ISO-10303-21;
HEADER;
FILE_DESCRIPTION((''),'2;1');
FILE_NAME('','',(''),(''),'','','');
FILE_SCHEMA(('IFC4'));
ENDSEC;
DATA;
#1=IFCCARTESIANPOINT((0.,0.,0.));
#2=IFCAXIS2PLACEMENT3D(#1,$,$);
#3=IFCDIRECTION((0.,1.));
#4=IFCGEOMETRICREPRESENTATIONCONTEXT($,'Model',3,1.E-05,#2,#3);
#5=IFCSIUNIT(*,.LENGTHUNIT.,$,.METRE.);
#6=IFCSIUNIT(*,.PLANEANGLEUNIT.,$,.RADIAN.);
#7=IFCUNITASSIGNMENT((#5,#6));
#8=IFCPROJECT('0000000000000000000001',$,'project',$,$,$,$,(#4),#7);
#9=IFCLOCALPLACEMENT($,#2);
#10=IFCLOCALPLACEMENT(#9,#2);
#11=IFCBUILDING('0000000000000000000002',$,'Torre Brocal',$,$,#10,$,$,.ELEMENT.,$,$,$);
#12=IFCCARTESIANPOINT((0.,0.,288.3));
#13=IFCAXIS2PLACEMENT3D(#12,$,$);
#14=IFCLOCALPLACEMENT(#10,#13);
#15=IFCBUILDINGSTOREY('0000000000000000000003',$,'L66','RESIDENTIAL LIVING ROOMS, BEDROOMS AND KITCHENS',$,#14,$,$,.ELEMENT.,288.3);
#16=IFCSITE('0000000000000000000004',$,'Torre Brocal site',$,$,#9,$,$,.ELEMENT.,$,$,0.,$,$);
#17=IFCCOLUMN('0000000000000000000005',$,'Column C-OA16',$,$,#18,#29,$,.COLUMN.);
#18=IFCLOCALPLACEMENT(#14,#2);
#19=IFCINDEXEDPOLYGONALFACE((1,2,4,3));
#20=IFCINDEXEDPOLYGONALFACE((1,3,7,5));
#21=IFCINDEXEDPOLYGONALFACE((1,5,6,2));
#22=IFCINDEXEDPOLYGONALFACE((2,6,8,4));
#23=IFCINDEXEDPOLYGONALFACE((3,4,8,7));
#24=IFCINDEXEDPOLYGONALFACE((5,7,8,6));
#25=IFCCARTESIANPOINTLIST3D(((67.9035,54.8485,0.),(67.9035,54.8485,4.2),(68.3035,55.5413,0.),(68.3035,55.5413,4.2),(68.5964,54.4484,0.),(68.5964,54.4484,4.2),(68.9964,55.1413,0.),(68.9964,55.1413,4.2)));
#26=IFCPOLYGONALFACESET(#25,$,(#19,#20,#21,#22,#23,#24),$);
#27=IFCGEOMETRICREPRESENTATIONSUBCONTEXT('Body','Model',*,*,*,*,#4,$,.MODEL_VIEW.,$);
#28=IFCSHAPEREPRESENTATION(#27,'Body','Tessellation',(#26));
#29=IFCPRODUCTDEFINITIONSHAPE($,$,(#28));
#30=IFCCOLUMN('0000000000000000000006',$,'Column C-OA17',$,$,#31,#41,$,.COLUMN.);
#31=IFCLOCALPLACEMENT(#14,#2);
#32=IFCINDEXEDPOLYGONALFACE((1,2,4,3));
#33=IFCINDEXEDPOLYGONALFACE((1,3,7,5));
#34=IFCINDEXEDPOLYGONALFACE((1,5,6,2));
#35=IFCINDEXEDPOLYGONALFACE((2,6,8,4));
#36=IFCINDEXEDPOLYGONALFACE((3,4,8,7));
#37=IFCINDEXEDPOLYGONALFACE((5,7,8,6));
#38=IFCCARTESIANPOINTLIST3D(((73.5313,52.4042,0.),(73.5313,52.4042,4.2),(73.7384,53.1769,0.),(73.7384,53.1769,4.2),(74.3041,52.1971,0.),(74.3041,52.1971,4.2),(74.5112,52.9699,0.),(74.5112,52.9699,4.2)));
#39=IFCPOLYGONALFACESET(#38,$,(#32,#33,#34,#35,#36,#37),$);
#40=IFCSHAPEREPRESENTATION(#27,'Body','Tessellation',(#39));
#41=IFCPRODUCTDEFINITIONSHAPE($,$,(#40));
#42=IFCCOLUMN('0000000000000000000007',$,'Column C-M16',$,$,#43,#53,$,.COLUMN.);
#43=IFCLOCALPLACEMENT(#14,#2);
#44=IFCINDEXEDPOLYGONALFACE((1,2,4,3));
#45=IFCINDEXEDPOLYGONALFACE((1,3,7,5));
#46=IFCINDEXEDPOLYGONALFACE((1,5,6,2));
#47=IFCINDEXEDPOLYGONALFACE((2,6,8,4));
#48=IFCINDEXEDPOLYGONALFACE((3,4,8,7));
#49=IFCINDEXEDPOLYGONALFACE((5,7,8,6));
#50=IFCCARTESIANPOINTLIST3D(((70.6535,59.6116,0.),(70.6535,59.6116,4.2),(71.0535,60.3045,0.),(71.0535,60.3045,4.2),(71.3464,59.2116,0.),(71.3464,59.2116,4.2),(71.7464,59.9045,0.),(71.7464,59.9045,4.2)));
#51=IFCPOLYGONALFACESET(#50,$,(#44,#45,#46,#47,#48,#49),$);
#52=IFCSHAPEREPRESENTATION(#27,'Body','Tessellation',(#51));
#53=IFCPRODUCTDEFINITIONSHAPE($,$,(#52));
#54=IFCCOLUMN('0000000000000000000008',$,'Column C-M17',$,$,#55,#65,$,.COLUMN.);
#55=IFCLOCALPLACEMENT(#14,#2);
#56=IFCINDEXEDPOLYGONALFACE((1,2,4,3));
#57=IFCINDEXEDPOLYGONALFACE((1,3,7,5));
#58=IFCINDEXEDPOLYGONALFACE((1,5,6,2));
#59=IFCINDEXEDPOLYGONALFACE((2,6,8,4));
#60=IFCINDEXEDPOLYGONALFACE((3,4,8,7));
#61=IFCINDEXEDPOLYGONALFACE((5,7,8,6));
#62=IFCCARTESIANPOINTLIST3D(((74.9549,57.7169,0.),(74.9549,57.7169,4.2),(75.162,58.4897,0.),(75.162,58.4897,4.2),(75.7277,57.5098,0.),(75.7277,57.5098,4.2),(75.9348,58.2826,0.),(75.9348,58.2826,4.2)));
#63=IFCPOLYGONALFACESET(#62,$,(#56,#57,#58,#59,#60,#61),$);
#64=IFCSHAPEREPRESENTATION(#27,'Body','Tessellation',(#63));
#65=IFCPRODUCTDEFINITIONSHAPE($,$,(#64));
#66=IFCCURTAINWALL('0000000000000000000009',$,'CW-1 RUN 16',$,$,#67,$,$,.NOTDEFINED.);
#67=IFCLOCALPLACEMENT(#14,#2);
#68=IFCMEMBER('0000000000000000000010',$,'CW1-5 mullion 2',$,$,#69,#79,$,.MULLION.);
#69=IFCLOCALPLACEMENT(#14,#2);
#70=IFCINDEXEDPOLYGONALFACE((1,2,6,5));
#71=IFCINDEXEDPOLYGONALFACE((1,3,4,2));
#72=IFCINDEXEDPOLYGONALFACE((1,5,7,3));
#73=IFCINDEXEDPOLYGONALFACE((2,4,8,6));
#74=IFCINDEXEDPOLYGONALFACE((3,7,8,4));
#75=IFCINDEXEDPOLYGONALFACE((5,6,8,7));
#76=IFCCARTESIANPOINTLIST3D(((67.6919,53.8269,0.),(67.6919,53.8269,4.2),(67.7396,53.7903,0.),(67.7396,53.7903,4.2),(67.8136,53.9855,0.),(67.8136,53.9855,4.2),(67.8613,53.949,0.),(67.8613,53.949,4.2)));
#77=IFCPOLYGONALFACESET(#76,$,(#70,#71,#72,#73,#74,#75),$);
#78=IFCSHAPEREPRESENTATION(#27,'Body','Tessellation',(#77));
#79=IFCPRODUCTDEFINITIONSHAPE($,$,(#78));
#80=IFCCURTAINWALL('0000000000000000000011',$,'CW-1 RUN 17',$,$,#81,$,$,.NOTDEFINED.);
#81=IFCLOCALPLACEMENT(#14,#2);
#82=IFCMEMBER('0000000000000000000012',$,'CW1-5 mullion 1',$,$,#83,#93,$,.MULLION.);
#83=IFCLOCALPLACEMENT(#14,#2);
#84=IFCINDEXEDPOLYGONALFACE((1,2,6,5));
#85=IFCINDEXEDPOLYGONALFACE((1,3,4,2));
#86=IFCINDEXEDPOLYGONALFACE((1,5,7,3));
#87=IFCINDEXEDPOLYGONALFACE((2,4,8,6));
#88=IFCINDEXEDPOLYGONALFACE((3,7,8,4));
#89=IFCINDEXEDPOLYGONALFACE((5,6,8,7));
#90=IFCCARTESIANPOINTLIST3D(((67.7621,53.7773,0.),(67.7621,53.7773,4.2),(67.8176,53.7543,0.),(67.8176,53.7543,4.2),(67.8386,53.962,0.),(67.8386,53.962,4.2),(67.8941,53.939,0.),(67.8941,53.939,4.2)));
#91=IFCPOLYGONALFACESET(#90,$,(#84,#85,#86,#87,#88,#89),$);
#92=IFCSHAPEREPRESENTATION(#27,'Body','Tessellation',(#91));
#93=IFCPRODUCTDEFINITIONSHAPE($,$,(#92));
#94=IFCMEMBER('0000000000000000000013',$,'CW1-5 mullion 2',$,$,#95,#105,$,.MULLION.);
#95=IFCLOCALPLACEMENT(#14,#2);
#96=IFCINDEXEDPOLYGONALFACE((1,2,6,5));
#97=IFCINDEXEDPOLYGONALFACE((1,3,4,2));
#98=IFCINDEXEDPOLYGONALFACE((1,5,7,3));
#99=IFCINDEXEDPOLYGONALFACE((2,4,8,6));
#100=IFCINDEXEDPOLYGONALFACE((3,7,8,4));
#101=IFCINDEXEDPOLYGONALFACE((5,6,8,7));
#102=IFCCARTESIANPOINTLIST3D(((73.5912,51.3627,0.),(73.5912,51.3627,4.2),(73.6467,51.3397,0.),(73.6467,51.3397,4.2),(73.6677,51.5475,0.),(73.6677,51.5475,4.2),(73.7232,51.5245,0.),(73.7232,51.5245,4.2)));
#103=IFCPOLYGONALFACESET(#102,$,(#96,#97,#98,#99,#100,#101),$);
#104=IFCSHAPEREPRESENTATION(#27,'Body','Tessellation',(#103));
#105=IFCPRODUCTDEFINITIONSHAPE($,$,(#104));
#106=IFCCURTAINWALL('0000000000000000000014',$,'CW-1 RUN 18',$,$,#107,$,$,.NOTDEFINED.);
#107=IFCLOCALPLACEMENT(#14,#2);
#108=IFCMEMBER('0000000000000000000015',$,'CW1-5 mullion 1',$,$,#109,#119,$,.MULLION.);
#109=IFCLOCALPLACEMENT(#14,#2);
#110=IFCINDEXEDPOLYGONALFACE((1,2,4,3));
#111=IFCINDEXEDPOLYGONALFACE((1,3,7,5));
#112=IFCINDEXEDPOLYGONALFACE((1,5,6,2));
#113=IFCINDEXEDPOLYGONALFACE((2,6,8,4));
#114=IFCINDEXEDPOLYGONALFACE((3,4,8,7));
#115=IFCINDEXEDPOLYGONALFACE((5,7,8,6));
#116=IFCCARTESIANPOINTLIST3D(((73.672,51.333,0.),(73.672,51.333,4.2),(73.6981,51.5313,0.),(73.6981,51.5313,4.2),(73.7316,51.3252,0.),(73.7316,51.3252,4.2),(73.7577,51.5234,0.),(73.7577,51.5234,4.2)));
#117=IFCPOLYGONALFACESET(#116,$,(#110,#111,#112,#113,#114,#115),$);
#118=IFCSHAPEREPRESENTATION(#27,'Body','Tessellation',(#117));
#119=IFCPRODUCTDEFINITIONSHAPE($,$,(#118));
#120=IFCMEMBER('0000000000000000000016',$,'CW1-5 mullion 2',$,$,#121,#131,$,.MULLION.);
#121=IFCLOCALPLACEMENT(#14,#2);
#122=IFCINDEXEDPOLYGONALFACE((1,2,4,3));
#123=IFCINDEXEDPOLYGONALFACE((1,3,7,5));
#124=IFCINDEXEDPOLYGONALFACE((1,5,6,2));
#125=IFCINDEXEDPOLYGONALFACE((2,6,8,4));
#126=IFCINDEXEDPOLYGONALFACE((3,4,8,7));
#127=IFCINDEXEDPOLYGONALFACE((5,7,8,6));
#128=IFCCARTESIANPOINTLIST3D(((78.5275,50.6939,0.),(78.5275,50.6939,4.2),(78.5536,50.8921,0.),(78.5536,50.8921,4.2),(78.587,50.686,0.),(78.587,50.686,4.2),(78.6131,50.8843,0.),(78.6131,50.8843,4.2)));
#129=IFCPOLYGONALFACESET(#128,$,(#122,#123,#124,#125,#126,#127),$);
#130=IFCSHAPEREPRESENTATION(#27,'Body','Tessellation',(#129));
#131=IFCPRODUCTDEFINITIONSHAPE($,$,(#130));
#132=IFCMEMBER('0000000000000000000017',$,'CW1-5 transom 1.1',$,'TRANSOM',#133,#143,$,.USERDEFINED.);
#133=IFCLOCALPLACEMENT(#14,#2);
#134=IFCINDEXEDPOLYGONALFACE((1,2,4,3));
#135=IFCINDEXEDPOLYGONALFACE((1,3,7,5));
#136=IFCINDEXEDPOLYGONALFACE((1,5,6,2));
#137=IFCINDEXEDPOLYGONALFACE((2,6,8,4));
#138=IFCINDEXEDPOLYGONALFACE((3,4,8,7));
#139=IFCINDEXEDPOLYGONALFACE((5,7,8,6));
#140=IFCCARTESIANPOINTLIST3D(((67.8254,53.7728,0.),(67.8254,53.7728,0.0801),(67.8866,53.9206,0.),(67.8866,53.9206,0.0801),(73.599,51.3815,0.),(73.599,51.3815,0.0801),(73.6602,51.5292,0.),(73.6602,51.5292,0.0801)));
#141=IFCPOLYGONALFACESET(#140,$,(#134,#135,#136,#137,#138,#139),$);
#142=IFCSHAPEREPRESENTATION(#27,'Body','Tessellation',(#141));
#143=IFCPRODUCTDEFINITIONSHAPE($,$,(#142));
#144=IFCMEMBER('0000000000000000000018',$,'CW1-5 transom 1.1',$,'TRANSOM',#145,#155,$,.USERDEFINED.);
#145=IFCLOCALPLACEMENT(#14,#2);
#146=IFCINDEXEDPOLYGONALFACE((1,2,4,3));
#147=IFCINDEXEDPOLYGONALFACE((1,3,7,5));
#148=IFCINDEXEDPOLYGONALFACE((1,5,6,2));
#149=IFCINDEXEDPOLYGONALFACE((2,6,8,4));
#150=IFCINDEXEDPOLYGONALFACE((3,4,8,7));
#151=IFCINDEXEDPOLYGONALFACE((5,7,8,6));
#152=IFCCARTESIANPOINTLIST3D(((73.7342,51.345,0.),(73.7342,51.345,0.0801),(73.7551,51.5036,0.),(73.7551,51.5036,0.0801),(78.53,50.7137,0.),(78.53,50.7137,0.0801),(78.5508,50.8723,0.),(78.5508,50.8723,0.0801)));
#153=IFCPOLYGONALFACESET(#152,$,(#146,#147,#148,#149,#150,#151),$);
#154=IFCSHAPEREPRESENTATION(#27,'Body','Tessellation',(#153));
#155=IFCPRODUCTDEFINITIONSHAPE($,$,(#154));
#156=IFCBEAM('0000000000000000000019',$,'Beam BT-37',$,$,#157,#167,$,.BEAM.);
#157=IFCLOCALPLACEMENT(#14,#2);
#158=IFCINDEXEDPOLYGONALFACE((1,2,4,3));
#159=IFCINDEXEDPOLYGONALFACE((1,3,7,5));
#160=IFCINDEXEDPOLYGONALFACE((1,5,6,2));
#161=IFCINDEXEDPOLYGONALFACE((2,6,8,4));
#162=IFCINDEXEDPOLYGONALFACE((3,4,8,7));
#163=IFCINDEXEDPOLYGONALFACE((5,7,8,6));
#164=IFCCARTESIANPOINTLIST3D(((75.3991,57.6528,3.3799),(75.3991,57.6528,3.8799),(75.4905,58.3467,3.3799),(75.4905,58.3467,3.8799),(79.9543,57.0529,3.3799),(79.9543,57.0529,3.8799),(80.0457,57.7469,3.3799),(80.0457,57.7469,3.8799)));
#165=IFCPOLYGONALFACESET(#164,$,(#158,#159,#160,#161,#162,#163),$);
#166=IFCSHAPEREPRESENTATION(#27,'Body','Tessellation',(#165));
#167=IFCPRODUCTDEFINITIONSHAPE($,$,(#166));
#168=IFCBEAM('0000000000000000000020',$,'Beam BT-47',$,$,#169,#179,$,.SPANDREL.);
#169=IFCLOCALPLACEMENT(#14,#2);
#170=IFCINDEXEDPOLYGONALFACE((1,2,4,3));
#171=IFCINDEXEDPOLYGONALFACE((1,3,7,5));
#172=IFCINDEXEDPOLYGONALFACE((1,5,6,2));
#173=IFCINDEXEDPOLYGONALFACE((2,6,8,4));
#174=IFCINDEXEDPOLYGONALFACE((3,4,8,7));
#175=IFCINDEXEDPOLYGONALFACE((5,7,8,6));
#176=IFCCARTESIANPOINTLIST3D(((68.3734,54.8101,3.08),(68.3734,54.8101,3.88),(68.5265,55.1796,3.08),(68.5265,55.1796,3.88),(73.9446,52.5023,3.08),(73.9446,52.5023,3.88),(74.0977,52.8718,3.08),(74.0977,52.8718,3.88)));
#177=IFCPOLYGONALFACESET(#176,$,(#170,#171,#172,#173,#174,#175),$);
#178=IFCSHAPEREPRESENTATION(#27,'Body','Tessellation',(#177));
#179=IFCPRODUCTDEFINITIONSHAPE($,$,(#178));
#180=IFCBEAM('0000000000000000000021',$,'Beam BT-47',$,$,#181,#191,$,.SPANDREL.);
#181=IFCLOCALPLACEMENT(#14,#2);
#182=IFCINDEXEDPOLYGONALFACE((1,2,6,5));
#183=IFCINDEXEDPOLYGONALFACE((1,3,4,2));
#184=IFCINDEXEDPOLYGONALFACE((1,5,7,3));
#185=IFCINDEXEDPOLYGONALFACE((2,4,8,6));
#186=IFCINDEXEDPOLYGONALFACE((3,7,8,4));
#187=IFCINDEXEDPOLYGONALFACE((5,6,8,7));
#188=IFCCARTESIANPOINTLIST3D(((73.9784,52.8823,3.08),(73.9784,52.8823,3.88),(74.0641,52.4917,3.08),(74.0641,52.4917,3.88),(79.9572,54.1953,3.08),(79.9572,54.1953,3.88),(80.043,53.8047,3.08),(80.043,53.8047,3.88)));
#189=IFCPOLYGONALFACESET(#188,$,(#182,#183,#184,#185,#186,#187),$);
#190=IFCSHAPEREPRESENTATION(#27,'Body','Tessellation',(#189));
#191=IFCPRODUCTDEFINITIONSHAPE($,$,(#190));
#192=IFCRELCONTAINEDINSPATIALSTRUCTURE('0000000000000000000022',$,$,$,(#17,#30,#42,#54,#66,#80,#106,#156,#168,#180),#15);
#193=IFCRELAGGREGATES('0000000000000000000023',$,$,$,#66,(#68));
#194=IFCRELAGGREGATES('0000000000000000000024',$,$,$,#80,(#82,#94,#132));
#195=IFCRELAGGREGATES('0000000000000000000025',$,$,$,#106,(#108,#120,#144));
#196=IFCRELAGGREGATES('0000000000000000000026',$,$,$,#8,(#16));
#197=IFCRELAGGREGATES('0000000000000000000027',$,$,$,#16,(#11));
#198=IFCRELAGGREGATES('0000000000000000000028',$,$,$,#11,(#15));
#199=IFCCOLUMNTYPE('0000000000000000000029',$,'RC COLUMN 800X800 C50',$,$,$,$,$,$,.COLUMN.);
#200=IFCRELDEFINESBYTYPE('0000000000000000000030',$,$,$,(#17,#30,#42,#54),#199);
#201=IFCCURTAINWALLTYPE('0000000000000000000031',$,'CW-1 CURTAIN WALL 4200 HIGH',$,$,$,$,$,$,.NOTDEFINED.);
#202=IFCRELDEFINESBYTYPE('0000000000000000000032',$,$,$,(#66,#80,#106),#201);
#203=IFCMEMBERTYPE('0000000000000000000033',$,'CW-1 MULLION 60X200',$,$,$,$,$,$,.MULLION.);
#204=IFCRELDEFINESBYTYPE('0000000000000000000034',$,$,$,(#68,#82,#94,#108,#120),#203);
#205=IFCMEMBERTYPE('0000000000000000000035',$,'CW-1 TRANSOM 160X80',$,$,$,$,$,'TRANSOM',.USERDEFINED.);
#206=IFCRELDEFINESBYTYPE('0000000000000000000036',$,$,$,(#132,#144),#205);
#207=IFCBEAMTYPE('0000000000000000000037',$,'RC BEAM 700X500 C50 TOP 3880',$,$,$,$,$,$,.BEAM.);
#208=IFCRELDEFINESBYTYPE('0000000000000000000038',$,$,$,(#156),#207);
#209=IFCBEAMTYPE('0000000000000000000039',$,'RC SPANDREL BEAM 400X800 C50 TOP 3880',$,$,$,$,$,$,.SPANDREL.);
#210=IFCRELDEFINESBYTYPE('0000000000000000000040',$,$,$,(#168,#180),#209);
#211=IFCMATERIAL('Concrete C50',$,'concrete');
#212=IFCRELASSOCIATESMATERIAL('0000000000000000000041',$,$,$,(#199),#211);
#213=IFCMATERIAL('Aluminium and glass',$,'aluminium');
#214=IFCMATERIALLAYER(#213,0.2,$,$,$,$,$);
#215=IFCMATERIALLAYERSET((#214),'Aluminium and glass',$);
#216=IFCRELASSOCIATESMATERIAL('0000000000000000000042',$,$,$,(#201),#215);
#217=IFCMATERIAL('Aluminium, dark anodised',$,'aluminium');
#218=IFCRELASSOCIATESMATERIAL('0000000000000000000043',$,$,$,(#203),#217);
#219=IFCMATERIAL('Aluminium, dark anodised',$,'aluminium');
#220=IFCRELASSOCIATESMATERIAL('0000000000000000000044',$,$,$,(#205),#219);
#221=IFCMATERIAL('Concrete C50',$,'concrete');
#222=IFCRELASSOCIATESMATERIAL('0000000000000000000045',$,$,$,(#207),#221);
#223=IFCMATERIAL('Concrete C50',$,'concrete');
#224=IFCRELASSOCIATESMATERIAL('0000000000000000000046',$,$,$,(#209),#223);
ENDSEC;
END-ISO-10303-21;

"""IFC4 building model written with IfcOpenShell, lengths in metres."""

from ifc_helpers import new_model, si_unit, direction, frame, origin, origin_2d, place, context, subcontext, project, spatial, rectangle, extrude, material, layer, layer_set, material_profile, profile_set, type_object, element, aggregate, save


model = new_model("IFC4")

# Units and contexts
model_context = context("Model", 3, precision=1e-05, world=origin(), true_north=direction((0.0, 1.0)))
body_context = subcontext(model_context, "Body", "Model", "MODEL_VIEW")
ifc_project = project(units=[si_unit("LENGTHUNIT", "METRE"), si_unit("PLANEANGLEUNIT", "RADIAN")], contexts=[model_context])

# Site, building, storey
site_placement = place(None, origin())
site = spatial("IfcSite", under=ifc_project, at=site_placement, Name="Torre Brocal site", CompositionType="ELEMENT", RefElevation=0.0)
building_placement = place(site_placement, origin())
building = spatial("IfcBuilding", under=site, at=building_placement, Name="Torre Brocal", CompositionType="ELEMENT")
storey_placement = place(building_placement, frame((0.0, 0.0, 288.3)))
storey = spatial("IfcBuildingStorey", under=building, at=storey_placement, Name="L66", Description="RESIDENTIAL LIVING ROOMS, BEDROOMS AND KITCHENS", CompositionType="ELEMENT", Elevation=288.3)

# Columns
ifc_material_1 = material(Name="Concrete C50", Category="concrete")
ifc_material_profile_1 = material_profile(ifc_material_1, rectangle(XDim=0.8, YDim=0.8, at=origin_2d()), Name="RC 800X800")
ifc_profile_set_1 = profile_set([ifc_material_profile_1], Name="Concrete C50")
column_type = type_object("IfcColumnType", Name="RC COLUMN 800X800 C50", PredefinedType="COLUMN", material=ifc_profile_set_1)
for number, where, z_axis, x_axis, name in (
    (1, (68.45, 54.9949, 0.0), (0.0, 0.0, 1.0), (-0.5, -0.866025, 0.0), "Column C-OA16"),
    (2, (74.0212, 52.687, 0.0), (0.0, 0.0, 1.0), (-0.258819, -0.965926, 0.0), "Column C-OA17"),
    (3, (71.2, 59.7581, 0.0), (0.0, 0.0, 1.0), (-0.5, -0.866025, 0.0), "Column C-M16"),
    (4, (75.4448, 57.9998, 0.0), (0.0, 0.0, 1.0), (-0.258819, -0.965926, 0.0), "Column C-M17"),
):
    element("IfcColumn", number, at=place(storey_placement, frame(where, z_axis=z_axis, x_axis=x_axis)), inside=storey, type_object=column_type, Name=name, PredefinedType="COLUMN", context=body_context, shape_type="SweptSolid", body=[
        extrude(rectangle(XDim=0.8, YDim=0.8, at=origin_2d()), origin(), (0.0, 0.0, 1.0), 4.2),
    ])

# Curtain wall, member
ifc_material_2 = material(Name="Aluminium and glass", Category="aluminium")
ifc_layer_1 = layer(ifc_material_2, 0.2)
ifc_layer_set_1 = layer_set([ifc_layer_1], Name="Aluminium and glass")
curtain_wall_type = type_object("IfcCurtainWallType", Name="CW-1 CURTAIN WALL 4200 HIGH", PredefinedType="NOTDEFINED", material=ifc_layer_set_1)
curtain_wall_1_placement = place(storey_placement, origin())
curtain_wall_1 = element("IfcCurtainWall", 5, at=curtain_wall_1_placement, inside=storey, type_object=curtain_wall_type, Name="CW-1 RUN 16", PredefinedType="NOTDEFINED")
ifc_material_3 = material(Name="Aluminium, dark anodised", Category="aluminium")
ifc_material_profile_2 = material_profile(ifc_material_3, rectangle(XDim=0.2, YDim=0.0601, at=origin_2d()), Name="CW-1 MULLION 60X200")
ifc_profile_set_2 = profile_set([ifc_material_profile_2], Name="Aluminium, dark anodised")
member_type_1 = type_object("IfcMemberType", Name="CW-1 MULLION 60X200", PredefinedType="MULLION", material=ifc_profile_set_2)
member_1_placement = place(storey_placement, frame((67.7766, 53.8879, 0.0), z_axis=(0.0, 0.0, 1.0), x_axis=(0.608761, 0.793353, 0.0)))
member_1 = element("IfcMember", 6, at=member_1_placement, type_object=member_type_1, Name="CW1-5 mullion 2", PredefinedType="MULLION", context=body_context, shape_type="SweptSolid", body=[
    extrude(rectangle(XDim=0.2, YDim=0.0601, at=origin_2d()), origin(), (0.0, 0.0, 1.0), 4.2),
])
aggregate(curtain_wall_1, [member_1])

# Curtain walls, members
curtain_wall_2_placement = place(storey_placement, origin())
curtain_wall_2 = element("IfcCurtainWall", 7, at=curtain_wall_2_placement, inside=storey, type_object=curtain_wall_type, Name="CW-1 RUN 17", PredefinedType="NOTDEFINED")
member_2_placement = place(storey_placement, frame((67.8281, 53.8582, 0.0), z_axis=(0.0, 0.0, 1.0), x_axis=(0.382683, 0.92388, 0.0)))
member_2 = element("IfcMember", 8, at=member_2_placement, type_object=member_type_1, Name="CW1-5 mullion 1", PredefinedType="MULLION", context=body_context, shape_type="SweptSolid", body=[
    extrude(rectangle(XDim=0.2, YDim=0.0601, at=origin_2d()), origin(), (0.0, 0.0, 1.0), 4.2),
])
member_3_placement = place(storey_placement, frame((73.6572, 51.4436, 0.0), z_axis=(0.0, 0.0, 1.0), x_axis=(0.382683, 0.92388, 0.0)))
member_3 = element("IfcMember", 9, at=member_3_placement, type_object=member_type_1, Name="CW1-5 mullion 2", PredefinedType="MULLION", context=body_context, shape_type="SweptSolid", body=[
    extrude(rectangle(XDim=0.2, YDim=0.0601, at=origin_2d()), origin(), (0.0, 0.0, 1.0), 4.2),
])
curtain_wall_3_placement = place(storey_placement, origin())
curtain_wall_3 = element("IfcCurtainWall", 10, at=curtain_wall_3_placement, inside=storey, type_object=curtain_wall_type, Name="CW-1 RUN 18", PredefinedType="NOTDEFINED")
member_4_placement = place(storey_placement, frame((73.7148, 51.4282, 0.0), z_axis=(0.0, 0.0, 1.0), x_axis=(0.130526, 0.991445, 0.0)))
member_4 = element("IfcMember", 11, at=member_4_placement, type_object=member_type_1, Name="CW1-5 mullion 1", PredefinedType="MULLION", context=body_context, shape_type="SweptSolid", body=[
    extrude(rectangle(XDim=0.2, YDim=0.0601, at=origin_2d()), origin(), (0.0, 0.0, 1.0), 4.2),
])
member_5_placement = place(storey_placement, frame((78.5703, 50.7891, 0.0), z_axis=(0.0, 0.0, 1.0), x_axis=(0.130526, 0.991445, 0.0)))
member_5 = element("IfcMember", 12, at=member_5_placement, type_object=member_type_1, Name="CW1-5 mullion 2", PredefinedType="MULLION", context=body_context, shape_type="SweptSolid", body=[
    extrude(rectangle(XDim=0.2, YDim=0.0601, at=origin_2d()), origin(), (0.0, 0.0, 1.0), 4.2),
])

# Members
ifc_material_4 = material(Name="Aluminium, dark anodised", Category="aluminium")
ifc_material_profile_3 = material_profile(ifc_material_4, rectangle(XDim=0.1599, YDim=0.0801, at=origin_2d()), Name="CW-1 TRANSOM 160X80")
ifc_profile_set_3 = profile_set([ifc_material_profile_3], Name="Aluminium, dark anodised")
member_type_2 = type_object("IfcMemberType", Name="CW-1 TRANSOM 160X80", ElementType="TRANSOM", PredefinedType="USERDEFINED", material=ifc_profile_set_3)
member_6_placement = place(storey_placement, frame((67.856, 53.8467, 0.04), z_axis=(0.92389, -0.382659, 0.0), x_axis=(0.382659, 0.92389, 0.0)))
member_6 = element("IfcMember", 13, at=member_6_placement, type_object=member_type_2, Name="CW1-5 transom 1.1", ObjectType="TRANSOM", PredefinedType="USERDEFINED", context=body_context, shape_type="SweptSolid", body=[
    extrude(rectangle(XDim=0.1599, YDim=0.0801, at=origin_2d()), origin(), (0.0, 0.0, 1.0), 6.2493),
])
member_7_placement = place(storey_placement, frame((73.7446, 51.4243, 0.04), z_axis=(0.991446, -0.130517, 0.0), x_axis=(0.130517, 0.991446, 0.0)))
member_7 = element("IfcMember", 14, at=member_7_placement, type_object=member_type_2, Name="CW1-5 transom 1.1", ObjectType="TRANSOM", PredefinedType="USERDEFINED", context=body_context, shape_type="SweptSolid", body=[
    extrude(rectangle(XDim=0.1599, YDim=0.0801, at=origin_2d()), origin(), (0.0, 0.0, 1.0), 4.8372),
])

# Beams
ifc_material_5 = material(Name="Concrete C50", Category="concrete")
ifc_material_profile_4 = material_profile(ifc_material_5, rectangle(XDim=0.7, YDim=0.5, at=origin_2d()), Name="RC 700X500")
ifc_profile_set_4 = profile_set([ifc_material_profile_4], Name="Concrete C50")
beam_type_1 = type_object("IfcBeamType", Name="RC BEAM 700X500 C50 TOP 3880", PredefinedType="BEAM", material=ifc_profile_set_4)
beam_1_placement = place(storey_placement, frame((75.4448, 57.9998, 3.6299), z_axis=(0.991441, -0.130559, 0.0), x_axis=(0.130559, 0.991441, 0.0)))
element("IfcBeam", 15, at=beam_1_placement, inside=storey, type_object=beam_type_1, Name="Beam BT-37", PredefinedType="BEAM", context=body_context, shape_type="SweptSolid", body=[
    extrude(rectangle(XDim=0.7, YDim=0.5, at=origin_2d()), origin(), (0.0, 0.0, 1.0), 4.5945),
])
ifc_material_6 = material(Name="Concrete C50", Category="concrete")
ifc_material_profile_5 = material_profile(ifc_material_6, rectangle(XDim=0.3999, YDim=0.8, at=origin_2d()), Name="RC 400X800")
ifc_profile_set_5 = profile_set([ifc_material_profile_5], Name="Concrete C50")
beam_type_2 = type_object("IfcBeamType", Name="RC SPANDREL BEAM 400X800 C50 TOP 3880", PredefinedType="SPANDREL", material=ifc_profile_set_5)
beam_2_placement = place(storey_placement, frame((68.45, 54.9949, 3.48), z_axis=(0.92387, -0.382706, 0.0), x_axis=(0.382706, 0.92387, 0.0)))
element("IfcBeam", 16, at=beam_2_placement, inside=storey, type_object=beam_type_2, Name="Beam BT-47", PredefinedType="SPANDREL", context=body_context, shape_type="SweptSolid", body=[
    extrude(rectangle(XDim=0.3999, YDim=0.8, at=origin_2d()), origin(), (0.0, 0.0, 1.0), 6.0303),
])
beam_3_placement = place(storey_placement, frame((74.0212, 52.687, 3.48), z_axis=(0.976725, 0.214497, 0.0), x_axis=(-0.214497, 0.976725, 0.0)))
element("IfcBeam", 17, at=beam_3_placement, inside=storey, type_object=beam_type_2, Name="Beam BT-47", PredefinedType="SPANDREL", context=body_context, shape_type="SweptSolid", body=[
    extrude(rectangle(XDim=0.3999, YDim=0.8, at=origin_2d()), origin(), (0.0, 0.0, 1.0), 6.1213),
])

aggregate(curtain_wall_2, [member_2, member_3, member_6])
aggregate(curtain_wall_3, [member_4, member_5, member_7])

save(model, "model.ifc")
